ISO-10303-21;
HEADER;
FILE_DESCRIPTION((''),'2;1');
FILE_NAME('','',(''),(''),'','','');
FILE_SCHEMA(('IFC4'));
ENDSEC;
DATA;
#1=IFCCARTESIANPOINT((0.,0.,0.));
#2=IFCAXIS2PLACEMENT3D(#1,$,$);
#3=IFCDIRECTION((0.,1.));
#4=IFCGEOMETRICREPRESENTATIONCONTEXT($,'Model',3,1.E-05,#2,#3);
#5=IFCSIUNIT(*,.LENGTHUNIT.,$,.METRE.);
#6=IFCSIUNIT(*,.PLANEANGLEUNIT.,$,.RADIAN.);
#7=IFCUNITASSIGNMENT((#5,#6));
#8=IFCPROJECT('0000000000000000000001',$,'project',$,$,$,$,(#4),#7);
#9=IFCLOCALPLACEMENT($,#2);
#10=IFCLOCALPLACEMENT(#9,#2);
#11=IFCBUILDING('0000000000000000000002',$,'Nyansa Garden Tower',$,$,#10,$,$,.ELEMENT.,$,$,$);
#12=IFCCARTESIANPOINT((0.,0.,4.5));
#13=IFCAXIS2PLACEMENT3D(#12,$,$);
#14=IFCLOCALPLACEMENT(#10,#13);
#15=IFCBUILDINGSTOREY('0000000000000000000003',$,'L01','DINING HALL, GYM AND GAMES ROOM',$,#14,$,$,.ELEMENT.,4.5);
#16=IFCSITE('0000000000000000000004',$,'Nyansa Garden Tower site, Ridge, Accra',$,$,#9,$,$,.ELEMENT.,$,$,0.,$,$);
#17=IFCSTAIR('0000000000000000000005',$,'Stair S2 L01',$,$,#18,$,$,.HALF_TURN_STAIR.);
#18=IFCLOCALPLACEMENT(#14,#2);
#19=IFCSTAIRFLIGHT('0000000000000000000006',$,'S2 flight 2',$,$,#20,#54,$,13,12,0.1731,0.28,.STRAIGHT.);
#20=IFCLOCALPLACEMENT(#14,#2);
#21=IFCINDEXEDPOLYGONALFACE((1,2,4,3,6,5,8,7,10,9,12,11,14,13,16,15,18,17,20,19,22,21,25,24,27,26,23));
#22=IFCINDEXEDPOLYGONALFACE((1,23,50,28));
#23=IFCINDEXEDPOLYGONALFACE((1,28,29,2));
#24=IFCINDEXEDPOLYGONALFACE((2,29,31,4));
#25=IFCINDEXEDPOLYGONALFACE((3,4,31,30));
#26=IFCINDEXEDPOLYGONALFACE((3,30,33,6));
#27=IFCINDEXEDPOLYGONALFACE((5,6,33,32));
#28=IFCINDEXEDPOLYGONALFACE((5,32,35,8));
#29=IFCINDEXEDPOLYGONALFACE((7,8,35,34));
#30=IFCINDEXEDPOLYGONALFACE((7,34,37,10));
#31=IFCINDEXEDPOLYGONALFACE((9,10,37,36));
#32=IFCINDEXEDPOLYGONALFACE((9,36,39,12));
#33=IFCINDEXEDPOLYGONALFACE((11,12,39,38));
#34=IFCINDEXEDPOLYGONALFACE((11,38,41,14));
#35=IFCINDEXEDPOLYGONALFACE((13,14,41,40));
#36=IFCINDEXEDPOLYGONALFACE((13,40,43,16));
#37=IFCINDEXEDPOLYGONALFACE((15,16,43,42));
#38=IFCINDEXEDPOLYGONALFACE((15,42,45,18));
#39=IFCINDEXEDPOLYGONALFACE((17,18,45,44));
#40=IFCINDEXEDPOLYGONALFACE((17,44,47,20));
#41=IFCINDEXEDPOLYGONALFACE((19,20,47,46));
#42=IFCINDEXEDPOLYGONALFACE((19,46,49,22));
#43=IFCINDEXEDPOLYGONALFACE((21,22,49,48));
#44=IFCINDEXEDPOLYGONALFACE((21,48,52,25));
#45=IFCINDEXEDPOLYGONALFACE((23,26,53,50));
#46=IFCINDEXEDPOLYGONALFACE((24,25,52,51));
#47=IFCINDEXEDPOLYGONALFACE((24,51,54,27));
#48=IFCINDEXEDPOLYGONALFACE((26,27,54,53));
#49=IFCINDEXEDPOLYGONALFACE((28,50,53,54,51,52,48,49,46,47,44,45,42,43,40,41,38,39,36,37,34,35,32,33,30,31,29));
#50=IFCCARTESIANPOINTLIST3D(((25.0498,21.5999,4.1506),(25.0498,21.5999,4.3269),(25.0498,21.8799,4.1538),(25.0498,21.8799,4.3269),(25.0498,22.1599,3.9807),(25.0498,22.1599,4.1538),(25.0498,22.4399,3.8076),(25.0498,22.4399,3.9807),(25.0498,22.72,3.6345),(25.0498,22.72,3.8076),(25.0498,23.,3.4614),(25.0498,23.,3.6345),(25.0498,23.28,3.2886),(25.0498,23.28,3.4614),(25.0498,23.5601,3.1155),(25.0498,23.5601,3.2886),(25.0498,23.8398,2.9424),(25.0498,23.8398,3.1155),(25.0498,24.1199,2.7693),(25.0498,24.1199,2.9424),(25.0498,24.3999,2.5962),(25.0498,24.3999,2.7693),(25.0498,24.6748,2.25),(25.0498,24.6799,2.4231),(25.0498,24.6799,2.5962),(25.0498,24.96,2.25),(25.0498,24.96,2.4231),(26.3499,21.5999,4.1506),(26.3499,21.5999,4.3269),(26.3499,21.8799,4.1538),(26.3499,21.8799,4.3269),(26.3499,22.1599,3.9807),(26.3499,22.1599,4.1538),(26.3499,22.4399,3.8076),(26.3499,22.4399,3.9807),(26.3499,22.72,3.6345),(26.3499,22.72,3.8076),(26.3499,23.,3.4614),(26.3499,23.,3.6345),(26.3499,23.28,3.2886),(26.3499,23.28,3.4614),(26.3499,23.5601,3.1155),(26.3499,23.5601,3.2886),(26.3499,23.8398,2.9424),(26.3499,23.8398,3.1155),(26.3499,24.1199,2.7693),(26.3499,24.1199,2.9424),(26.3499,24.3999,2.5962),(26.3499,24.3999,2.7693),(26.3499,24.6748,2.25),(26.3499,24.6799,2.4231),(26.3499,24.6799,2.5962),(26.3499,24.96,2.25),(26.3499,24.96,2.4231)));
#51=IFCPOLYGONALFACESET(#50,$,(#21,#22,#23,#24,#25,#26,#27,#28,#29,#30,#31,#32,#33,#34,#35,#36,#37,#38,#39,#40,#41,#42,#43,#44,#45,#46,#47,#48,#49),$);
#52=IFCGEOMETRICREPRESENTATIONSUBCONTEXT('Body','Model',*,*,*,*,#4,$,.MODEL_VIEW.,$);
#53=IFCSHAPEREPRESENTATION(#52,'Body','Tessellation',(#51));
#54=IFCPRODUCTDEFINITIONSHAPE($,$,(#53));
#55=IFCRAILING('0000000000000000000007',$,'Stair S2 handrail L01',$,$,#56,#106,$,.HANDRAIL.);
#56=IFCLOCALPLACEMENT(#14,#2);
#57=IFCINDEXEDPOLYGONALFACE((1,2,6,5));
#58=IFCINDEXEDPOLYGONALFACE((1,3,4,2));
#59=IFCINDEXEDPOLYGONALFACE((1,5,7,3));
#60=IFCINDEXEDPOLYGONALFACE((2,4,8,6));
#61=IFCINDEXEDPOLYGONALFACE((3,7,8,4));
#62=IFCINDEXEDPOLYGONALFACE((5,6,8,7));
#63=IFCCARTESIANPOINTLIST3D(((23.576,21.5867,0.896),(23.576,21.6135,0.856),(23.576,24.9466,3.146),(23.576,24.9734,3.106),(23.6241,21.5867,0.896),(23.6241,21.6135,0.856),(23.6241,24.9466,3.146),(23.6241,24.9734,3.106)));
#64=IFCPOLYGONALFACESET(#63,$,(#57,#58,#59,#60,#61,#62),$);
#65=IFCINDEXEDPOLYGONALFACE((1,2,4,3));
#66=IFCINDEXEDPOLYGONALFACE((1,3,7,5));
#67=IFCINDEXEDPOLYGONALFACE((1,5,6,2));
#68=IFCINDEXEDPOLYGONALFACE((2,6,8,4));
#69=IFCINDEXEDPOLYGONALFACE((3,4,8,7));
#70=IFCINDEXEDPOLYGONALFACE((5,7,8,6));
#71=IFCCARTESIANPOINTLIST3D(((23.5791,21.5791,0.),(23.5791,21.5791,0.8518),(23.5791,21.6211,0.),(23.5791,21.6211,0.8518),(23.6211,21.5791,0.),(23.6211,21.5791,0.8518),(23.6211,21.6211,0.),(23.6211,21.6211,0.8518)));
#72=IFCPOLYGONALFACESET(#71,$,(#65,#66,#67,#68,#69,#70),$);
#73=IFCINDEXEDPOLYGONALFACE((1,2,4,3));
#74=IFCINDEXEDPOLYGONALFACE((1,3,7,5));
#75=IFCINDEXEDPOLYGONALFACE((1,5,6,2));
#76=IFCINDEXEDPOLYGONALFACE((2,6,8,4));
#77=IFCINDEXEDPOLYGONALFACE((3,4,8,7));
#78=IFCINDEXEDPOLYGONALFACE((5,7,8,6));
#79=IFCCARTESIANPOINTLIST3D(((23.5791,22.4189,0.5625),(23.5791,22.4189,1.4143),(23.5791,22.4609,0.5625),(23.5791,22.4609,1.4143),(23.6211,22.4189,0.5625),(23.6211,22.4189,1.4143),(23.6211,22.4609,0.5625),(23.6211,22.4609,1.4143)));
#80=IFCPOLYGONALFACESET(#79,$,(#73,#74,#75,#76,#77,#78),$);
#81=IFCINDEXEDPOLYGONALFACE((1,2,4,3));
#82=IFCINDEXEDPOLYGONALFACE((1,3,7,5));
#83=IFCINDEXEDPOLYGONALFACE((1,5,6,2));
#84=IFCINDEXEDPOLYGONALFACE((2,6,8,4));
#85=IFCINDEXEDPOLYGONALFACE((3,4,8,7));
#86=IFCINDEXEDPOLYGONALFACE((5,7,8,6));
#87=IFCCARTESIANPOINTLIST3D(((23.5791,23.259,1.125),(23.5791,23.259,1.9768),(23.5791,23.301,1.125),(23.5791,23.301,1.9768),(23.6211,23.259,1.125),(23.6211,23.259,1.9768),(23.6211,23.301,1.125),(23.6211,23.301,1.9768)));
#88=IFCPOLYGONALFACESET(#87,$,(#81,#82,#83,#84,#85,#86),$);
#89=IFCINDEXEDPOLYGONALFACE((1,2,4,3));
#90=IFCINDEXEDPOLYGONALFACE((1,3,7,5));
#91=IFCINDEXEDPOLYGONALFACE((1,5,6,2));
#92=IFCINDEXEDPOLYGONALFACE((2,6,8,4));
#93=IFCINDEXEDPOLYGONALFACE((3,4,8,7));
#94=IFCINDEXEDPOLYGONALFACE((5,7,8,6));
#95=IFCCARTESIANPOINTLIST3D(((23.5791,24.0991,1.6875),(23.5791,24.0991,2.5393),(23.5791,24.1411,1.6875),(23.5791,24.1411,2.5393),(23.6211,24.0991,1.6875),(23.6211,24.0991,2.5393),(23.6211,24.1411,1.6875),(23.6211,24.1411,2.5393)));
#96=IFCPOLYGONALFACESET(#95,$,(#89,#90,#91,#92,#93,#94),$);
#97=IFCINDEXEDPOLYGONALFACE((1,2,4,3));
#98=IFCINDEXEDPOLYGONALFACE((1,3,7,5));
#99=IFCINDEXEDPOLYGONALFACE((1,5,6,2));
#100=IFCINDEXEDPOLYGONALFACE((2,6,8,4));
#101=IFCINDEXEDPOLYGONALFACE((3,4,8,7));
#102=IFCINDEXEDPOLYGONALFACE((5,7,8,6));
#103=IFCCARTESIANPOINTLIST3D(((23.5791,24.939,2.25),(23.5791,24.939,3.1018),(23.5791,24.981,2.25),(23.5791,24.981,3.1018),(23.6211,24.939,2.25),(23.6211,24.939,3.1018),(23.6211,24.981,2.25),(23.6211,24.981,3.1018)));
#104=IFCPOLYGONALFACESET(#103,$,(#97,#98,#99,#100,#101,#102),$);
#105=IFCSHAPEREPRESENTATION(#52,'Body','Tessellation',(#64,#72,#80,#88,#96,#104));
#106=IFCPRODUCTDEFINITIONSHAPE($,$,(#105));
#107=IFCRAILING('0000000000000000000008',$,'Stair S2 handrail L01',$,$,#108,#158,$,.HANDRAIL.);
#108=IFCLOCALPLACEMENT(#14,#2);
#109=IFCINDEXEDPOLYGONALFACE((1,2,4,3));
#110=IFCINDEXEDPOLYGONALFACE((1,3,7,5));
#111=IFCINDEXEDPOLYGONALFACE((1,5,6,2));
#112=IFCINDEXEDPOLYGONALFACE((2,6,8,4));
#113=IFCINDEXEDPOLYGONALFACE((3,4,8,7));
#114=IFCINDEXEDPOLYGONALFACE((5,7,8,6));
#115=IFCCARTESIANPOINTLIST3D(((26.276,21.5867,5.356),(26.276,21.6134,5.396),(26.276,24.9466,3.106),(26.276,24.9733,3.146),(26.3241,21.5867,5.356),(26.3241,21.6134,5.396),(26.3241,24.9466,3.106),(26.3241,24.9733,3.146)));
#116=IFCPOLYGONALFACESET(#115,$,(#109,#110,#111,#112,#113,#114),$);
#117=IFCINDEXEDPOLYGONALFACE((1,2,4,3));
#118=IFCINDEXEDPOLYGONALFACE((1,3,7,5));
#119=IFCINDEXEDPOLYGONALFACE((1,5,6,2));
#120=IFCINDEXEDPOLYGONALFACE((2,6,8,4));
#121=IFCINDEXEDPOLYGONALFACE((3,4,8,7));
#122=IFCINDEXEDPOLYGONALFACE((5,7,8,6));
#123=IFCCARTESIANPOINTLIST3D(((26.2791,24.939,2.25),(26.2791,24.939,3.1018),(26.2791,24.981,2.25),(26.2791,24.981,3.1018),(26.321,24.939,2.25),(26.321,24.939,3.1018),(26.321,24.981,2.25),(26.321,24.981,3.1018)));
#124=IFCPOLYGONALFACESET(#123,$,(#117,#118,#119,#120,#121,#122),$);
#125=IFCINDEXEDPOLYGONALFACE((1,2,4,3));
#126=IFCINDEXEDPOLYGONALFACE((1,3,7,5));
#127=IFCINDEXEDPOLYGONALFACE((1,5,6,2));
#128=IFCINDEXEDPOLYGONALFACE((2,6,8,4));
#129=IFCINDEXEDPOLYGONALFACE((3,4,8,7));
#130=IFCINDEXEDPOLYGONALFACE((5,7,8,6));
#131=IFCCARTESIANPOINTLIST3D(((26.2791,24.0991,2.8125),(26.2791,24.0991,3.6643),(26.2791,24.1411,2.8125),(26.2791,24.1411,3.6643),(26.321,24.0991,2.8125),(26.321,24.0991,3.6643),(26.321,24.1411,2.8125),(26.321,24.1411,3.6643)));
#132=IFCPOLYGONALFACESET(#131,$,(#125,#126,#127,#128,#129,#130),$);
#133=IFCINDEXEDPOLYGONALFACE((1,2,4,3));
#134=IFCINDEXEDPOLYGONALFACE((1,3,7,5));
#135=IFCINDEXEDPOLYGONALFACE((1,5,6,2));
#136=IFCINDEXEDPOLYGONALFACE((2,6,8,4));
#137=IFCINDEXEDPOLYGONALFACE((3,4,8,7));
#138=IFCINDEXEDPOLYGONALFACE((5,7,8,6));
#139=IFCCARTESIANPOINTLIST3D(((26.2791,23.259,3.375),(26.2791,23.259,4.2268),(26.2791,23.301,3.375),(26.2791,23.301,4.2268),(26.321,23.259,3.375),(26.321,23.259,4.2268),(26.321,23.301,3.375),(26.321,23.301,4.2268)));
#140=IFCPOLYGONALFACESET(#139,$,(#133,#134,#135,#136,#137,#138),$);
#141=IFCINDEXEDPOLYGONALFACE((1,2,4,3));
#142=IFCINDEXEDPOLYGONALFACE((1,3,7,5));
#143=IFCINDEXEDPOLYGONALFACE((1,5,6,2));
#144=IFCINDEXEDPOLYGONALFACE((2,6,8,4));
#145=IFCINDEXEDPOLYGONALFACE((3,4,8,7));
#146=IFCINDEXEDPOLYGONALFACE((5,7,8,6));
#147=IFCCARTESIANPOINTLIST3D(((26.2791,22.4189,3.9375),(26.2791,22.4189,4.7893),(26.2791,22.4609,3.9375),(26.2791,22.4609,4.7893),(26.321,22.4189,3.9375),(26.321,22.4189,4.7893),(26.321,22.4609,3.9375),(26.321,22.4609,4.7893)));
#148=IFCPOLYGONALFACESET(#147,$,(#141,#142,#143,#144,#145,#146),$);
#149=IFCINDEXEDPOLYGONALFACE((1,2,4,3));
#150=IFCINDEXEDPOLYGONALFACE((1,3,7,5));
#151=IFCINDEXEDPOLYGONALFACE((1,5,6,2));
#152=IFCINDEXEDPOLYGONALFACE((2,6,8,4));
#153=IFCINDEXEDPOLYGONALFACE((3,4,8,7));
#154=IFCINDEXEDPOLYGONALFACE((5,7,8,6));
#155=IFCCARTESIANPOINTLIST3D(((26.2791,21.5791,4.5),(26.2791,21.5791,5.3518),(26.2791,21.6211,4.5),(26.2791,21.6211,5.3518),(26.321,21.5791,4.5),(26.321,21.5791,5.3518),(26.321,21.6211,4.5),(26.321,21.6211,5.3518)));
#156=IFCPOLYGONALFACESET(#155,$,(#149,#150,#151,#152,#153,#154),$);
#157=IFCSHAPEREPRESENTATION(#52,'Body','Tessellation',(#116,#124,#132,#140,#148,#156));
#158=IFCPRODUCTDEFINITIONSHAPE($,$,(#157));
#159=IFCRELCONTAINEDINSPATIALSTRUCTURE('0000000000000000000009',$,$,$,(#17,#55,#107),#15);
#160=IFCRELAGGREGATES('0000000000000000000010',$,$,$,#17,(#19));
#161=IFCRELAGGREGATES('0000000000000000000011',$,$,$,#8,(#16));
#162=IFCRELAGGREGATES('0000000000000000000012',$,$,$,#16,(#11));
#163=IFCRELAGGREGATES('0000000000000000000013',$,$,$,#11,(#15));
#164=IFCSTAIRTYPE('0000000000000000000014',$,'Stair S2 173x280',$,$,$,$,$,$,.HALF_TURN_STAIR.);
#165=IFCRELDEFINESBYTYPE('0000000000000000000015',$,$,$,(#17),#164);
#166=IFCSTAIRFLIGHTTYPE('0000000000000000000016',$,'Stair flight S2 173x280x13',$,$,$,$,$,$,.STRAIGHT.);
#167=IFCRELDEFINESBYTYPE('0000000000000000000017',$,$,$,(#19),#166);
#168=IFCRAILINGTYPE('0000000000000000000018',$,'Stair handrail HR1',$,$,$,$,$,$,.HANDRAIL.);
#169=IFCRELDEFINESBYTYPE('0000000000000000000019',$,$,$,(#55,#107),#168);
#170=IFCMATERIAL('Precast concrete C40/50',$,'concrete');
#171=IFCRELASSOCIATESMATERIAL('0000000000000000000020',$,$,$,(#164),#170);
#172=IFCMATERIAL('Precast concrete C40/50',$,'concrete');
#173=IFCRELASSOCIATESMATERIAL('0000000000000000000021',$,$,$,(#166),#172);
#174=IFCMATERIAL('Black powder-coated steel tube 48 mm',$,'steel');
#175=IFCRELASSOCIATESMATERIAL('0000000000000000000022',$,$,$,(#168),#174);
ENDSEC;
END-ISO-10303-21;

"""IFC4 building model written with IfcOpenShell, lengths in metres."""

from ifc_helpers import new_model, si_unit, direction, frame, origin, origin_2d, place, context, subcontext, project, spatial, polyline, rectangle, outline, extrude, material, type_object, element, aggregate, save


model = new_model("IFC4")

# Units and contexts
model_context = context("Model", 3, precision=1e-05, world=origin(), true_north=direction((0.0, 1.0)))
body_context = subcontext(model_context, "Body", "Model", "MODEL_VIEW")
ifc_project = project(units=[si_unit("LENGTHUNIT", "METRE"), si_unit("PLANEANGLEUNIT", "RADIAN")], contexts=[model_context])

# Site, building, storey
site_placement = place(None, origin())
site = spatial("IfcSite", under=ifc_project, at=site_placement, Name="Nyansa Garden Tower site, Ridge, Accra", CompositionType="ELEMENT", RefElevation=0.0)
building_placement = place(site_placement, origin())
building = spatial("IfcBuilding", under=site, at=building_placement, Name="Nyansa Garden Tower", CompositionType="ELEMENT")
storey_placement = place(building_placement, frame((0.0, 0.0, 4.5)))
storey = spatial("IfcBuildingStorey", under=building, at=storey_placement, Name="L01", Description="DINING HALL, GYM AND GAMES ROOM", CompositionType="ELEMENT", Elevation=4.5)

# Stair, stair flight
ifc_material_1 = material(Name="Precast concrete C40/50", Category="concrete")
stair_type = type_object("IfcStairType", Name="Stair S2 173x280", PredefinedType="HALF_TURN_STAIR", material=ifc_material_1)
stair_placement = place(storey_placement, origin())
stair = element("IfcStair", 1, at=stair_placement, inside=storey, type_object=stair_type, Name="Stair S2 L01", PredefinedType="HALF_TURN_STAIR")
ifc_material_2 = material(Name="Precast concrete C40/50", Category="concrete")
stair_flight_type = type_object("IfcStairFlightType", Name="Stair flight S2 173x280x13", PredefinedType="STRAIGHT", material=ifc_material_2)
stair_flight_1_placement = place(storey_placement, frame((25.7, 24.96, 2.25), z_axis=(0.0, 0.0, 1.0), x_axis=(0.0, -1.0, 0.0)))
stair_flight_1 = element("IfcStairFlight", 2, at=stair_flight_1_placement, type_object=stair_flight_type, Name="S2 flight 2", NumberOfRisers=13, NumberOfTreads=12, PredefinedType="STRAIGHT", RiserHeight=0.1731, TreadLength=0.28, context=body_context, shape_type="SweptSolid", body=[
    extrude(outline(polyline([(0.0, 0.0), (0.0, 0.1731), (0.28, 0.1731), (0.28, 0.3462), (0.5601, 0.3462), (0.5601, 0.5193), (0.8401, 0.5193), (0.8401, 0.6924), (1.1201, 0.6924), (1.1201, 0.8655), (1.3999, 0.8655), (1.3999, 1.0386), (1.6799, 1.0386), (1.6799, 1.2114), (1.96, 1.2114), (1.96, 1.3845), (2.24, 1.3845), (2.24, 1.5576), (2.52, 1.5576), (2.52, 1.7307), (2.8, 1.7307), (2.8, 1.9038), (3.0801, 1.9038), (3.0801, 2.0769), (3.3601, 2.0769), (3.3601, 2.25), (3.3601, 1.9006), (0.2852, 0.0), (0.0, 0.0)])), frame((0.0, 0.6499, 0.0), z_axis=(0.0, -1.0, 0.0), x_axis=(1.0, 0.0, 0.0)), (0.0, 0.0, 1.0), 1.3),
])
aggregate(stair, [stair_flight_1])

# Railings
ifc_material_3 = material(Name="Black powder-coated steel tube 48 mm", Category="steel")
railing_type = type_object("IfcRailingType", Name="Stair handrail HR1", PredefinedType="HANDRAIL", material=ifc_material_3)
railing_1_placement = place(storey_placement, frame((23.6001, 21.6001, 0.0)))
element("IfcRailing", 3, at=railing_1_placement, inside=storey, type_object=railing_type, Name="Stair S2 handrail L01", PredefinedType="HANDRAIL", context=body_context, shape_type="SweptSolid", body=[
    extrude(rectangle(XDim=0.0481, YDim=0.0481, at=origin_2d()), frame((0.0, 0.0, 0.876), z_axis=(0.0, 0.830897, 0.556427), x_axis=(-1.0, 0.0, 0.0)), (0.0, 0.0, 1.0), 4.0437),
    extrude(rectangle(XDim=0.042, YDim=0.042, at=origin_2d()), origin(), (0.0, 0.0, 1.0), 0.8518),
    extrude(rectangle(XDim=0.042, YDim=0.042, at=origin_2d()), frame((0.0, 0.8398, 0.5625)), (0.0, 0.0, 1.0), 0.8518),
    extrude(rectangle(XDim=0.042, YDim=0.042, at=origin_2d()), frame((0.0, 1.6799, 1.125)), (0.0, 0.0, 1.0), 0.8518),
    extrude(rectangle(XDim=0.042, YDim=0.042, at=origin_2d()), frame((0.0, 2.52, 1.6875)), (0.0, 0.0, 1.0), 0.8518),
    extrude(rectangle(XDim=0.042, YDim=0.042, at=origin_2d()), frame((0.0, 3.3599, 2.25)), (0.0, 0.0, 1.0), 0.8518),
])
railing_2_placement = place(storey_placement, frame((26.3, 24.96, 2.25)))
element("IfcRailing", 4, at=railing_2_placement, inside=storey, type_object=railing_type, Name="Stair S2 handrail L01", PredefinedType="HANDRAIL", context=body_context, shape_type="SweptSolid", body=[
    extrude(rectangle(XDim=0.0481, YDim=0.0481, at=origin_2d()), frame((0.0, 0.0, 0.876), z_axis=(0.0, -0.830897, 0.556427), x_axis=(1.0, 0.0, 0.0)), (0.0, 0.0, 1.0), 4.0437),
    extrude(rectangle(XDim=0.042, YDim=0.042, at=origin_2d()), origin(), (0.0, 0.0, 1.0), 0.8518),
    extrude(rectangle(XDim=0.042, YDim=0.042, at=origin_2d()), frame((0.0, -0.8398, 0.5625)), (0.0, 0.0, 1.0), 0.8518),
    extrude(rectangle(XDim=0.042, YDim=0.042, at=origin_2d()), frame((0.0, -1.6799, 1.125)), (0.0, 0.0, 1.0), 0.8518),
    extrude(rectangle(XDim=0.042, YDim=0.042, at=origin_2d()), frame((0.0, -2.52, 1.6875)), (0.0, 0.0, 1.0), 0.8518),
    extrude(rectangle(XDim=0.042, YDim=0.042, at=origin_2d()), frame((0.0, -3.3599, 2.25)), (0.0, 0.0, 1.0), 0.8518),
])

save(model, "model.ifc")
